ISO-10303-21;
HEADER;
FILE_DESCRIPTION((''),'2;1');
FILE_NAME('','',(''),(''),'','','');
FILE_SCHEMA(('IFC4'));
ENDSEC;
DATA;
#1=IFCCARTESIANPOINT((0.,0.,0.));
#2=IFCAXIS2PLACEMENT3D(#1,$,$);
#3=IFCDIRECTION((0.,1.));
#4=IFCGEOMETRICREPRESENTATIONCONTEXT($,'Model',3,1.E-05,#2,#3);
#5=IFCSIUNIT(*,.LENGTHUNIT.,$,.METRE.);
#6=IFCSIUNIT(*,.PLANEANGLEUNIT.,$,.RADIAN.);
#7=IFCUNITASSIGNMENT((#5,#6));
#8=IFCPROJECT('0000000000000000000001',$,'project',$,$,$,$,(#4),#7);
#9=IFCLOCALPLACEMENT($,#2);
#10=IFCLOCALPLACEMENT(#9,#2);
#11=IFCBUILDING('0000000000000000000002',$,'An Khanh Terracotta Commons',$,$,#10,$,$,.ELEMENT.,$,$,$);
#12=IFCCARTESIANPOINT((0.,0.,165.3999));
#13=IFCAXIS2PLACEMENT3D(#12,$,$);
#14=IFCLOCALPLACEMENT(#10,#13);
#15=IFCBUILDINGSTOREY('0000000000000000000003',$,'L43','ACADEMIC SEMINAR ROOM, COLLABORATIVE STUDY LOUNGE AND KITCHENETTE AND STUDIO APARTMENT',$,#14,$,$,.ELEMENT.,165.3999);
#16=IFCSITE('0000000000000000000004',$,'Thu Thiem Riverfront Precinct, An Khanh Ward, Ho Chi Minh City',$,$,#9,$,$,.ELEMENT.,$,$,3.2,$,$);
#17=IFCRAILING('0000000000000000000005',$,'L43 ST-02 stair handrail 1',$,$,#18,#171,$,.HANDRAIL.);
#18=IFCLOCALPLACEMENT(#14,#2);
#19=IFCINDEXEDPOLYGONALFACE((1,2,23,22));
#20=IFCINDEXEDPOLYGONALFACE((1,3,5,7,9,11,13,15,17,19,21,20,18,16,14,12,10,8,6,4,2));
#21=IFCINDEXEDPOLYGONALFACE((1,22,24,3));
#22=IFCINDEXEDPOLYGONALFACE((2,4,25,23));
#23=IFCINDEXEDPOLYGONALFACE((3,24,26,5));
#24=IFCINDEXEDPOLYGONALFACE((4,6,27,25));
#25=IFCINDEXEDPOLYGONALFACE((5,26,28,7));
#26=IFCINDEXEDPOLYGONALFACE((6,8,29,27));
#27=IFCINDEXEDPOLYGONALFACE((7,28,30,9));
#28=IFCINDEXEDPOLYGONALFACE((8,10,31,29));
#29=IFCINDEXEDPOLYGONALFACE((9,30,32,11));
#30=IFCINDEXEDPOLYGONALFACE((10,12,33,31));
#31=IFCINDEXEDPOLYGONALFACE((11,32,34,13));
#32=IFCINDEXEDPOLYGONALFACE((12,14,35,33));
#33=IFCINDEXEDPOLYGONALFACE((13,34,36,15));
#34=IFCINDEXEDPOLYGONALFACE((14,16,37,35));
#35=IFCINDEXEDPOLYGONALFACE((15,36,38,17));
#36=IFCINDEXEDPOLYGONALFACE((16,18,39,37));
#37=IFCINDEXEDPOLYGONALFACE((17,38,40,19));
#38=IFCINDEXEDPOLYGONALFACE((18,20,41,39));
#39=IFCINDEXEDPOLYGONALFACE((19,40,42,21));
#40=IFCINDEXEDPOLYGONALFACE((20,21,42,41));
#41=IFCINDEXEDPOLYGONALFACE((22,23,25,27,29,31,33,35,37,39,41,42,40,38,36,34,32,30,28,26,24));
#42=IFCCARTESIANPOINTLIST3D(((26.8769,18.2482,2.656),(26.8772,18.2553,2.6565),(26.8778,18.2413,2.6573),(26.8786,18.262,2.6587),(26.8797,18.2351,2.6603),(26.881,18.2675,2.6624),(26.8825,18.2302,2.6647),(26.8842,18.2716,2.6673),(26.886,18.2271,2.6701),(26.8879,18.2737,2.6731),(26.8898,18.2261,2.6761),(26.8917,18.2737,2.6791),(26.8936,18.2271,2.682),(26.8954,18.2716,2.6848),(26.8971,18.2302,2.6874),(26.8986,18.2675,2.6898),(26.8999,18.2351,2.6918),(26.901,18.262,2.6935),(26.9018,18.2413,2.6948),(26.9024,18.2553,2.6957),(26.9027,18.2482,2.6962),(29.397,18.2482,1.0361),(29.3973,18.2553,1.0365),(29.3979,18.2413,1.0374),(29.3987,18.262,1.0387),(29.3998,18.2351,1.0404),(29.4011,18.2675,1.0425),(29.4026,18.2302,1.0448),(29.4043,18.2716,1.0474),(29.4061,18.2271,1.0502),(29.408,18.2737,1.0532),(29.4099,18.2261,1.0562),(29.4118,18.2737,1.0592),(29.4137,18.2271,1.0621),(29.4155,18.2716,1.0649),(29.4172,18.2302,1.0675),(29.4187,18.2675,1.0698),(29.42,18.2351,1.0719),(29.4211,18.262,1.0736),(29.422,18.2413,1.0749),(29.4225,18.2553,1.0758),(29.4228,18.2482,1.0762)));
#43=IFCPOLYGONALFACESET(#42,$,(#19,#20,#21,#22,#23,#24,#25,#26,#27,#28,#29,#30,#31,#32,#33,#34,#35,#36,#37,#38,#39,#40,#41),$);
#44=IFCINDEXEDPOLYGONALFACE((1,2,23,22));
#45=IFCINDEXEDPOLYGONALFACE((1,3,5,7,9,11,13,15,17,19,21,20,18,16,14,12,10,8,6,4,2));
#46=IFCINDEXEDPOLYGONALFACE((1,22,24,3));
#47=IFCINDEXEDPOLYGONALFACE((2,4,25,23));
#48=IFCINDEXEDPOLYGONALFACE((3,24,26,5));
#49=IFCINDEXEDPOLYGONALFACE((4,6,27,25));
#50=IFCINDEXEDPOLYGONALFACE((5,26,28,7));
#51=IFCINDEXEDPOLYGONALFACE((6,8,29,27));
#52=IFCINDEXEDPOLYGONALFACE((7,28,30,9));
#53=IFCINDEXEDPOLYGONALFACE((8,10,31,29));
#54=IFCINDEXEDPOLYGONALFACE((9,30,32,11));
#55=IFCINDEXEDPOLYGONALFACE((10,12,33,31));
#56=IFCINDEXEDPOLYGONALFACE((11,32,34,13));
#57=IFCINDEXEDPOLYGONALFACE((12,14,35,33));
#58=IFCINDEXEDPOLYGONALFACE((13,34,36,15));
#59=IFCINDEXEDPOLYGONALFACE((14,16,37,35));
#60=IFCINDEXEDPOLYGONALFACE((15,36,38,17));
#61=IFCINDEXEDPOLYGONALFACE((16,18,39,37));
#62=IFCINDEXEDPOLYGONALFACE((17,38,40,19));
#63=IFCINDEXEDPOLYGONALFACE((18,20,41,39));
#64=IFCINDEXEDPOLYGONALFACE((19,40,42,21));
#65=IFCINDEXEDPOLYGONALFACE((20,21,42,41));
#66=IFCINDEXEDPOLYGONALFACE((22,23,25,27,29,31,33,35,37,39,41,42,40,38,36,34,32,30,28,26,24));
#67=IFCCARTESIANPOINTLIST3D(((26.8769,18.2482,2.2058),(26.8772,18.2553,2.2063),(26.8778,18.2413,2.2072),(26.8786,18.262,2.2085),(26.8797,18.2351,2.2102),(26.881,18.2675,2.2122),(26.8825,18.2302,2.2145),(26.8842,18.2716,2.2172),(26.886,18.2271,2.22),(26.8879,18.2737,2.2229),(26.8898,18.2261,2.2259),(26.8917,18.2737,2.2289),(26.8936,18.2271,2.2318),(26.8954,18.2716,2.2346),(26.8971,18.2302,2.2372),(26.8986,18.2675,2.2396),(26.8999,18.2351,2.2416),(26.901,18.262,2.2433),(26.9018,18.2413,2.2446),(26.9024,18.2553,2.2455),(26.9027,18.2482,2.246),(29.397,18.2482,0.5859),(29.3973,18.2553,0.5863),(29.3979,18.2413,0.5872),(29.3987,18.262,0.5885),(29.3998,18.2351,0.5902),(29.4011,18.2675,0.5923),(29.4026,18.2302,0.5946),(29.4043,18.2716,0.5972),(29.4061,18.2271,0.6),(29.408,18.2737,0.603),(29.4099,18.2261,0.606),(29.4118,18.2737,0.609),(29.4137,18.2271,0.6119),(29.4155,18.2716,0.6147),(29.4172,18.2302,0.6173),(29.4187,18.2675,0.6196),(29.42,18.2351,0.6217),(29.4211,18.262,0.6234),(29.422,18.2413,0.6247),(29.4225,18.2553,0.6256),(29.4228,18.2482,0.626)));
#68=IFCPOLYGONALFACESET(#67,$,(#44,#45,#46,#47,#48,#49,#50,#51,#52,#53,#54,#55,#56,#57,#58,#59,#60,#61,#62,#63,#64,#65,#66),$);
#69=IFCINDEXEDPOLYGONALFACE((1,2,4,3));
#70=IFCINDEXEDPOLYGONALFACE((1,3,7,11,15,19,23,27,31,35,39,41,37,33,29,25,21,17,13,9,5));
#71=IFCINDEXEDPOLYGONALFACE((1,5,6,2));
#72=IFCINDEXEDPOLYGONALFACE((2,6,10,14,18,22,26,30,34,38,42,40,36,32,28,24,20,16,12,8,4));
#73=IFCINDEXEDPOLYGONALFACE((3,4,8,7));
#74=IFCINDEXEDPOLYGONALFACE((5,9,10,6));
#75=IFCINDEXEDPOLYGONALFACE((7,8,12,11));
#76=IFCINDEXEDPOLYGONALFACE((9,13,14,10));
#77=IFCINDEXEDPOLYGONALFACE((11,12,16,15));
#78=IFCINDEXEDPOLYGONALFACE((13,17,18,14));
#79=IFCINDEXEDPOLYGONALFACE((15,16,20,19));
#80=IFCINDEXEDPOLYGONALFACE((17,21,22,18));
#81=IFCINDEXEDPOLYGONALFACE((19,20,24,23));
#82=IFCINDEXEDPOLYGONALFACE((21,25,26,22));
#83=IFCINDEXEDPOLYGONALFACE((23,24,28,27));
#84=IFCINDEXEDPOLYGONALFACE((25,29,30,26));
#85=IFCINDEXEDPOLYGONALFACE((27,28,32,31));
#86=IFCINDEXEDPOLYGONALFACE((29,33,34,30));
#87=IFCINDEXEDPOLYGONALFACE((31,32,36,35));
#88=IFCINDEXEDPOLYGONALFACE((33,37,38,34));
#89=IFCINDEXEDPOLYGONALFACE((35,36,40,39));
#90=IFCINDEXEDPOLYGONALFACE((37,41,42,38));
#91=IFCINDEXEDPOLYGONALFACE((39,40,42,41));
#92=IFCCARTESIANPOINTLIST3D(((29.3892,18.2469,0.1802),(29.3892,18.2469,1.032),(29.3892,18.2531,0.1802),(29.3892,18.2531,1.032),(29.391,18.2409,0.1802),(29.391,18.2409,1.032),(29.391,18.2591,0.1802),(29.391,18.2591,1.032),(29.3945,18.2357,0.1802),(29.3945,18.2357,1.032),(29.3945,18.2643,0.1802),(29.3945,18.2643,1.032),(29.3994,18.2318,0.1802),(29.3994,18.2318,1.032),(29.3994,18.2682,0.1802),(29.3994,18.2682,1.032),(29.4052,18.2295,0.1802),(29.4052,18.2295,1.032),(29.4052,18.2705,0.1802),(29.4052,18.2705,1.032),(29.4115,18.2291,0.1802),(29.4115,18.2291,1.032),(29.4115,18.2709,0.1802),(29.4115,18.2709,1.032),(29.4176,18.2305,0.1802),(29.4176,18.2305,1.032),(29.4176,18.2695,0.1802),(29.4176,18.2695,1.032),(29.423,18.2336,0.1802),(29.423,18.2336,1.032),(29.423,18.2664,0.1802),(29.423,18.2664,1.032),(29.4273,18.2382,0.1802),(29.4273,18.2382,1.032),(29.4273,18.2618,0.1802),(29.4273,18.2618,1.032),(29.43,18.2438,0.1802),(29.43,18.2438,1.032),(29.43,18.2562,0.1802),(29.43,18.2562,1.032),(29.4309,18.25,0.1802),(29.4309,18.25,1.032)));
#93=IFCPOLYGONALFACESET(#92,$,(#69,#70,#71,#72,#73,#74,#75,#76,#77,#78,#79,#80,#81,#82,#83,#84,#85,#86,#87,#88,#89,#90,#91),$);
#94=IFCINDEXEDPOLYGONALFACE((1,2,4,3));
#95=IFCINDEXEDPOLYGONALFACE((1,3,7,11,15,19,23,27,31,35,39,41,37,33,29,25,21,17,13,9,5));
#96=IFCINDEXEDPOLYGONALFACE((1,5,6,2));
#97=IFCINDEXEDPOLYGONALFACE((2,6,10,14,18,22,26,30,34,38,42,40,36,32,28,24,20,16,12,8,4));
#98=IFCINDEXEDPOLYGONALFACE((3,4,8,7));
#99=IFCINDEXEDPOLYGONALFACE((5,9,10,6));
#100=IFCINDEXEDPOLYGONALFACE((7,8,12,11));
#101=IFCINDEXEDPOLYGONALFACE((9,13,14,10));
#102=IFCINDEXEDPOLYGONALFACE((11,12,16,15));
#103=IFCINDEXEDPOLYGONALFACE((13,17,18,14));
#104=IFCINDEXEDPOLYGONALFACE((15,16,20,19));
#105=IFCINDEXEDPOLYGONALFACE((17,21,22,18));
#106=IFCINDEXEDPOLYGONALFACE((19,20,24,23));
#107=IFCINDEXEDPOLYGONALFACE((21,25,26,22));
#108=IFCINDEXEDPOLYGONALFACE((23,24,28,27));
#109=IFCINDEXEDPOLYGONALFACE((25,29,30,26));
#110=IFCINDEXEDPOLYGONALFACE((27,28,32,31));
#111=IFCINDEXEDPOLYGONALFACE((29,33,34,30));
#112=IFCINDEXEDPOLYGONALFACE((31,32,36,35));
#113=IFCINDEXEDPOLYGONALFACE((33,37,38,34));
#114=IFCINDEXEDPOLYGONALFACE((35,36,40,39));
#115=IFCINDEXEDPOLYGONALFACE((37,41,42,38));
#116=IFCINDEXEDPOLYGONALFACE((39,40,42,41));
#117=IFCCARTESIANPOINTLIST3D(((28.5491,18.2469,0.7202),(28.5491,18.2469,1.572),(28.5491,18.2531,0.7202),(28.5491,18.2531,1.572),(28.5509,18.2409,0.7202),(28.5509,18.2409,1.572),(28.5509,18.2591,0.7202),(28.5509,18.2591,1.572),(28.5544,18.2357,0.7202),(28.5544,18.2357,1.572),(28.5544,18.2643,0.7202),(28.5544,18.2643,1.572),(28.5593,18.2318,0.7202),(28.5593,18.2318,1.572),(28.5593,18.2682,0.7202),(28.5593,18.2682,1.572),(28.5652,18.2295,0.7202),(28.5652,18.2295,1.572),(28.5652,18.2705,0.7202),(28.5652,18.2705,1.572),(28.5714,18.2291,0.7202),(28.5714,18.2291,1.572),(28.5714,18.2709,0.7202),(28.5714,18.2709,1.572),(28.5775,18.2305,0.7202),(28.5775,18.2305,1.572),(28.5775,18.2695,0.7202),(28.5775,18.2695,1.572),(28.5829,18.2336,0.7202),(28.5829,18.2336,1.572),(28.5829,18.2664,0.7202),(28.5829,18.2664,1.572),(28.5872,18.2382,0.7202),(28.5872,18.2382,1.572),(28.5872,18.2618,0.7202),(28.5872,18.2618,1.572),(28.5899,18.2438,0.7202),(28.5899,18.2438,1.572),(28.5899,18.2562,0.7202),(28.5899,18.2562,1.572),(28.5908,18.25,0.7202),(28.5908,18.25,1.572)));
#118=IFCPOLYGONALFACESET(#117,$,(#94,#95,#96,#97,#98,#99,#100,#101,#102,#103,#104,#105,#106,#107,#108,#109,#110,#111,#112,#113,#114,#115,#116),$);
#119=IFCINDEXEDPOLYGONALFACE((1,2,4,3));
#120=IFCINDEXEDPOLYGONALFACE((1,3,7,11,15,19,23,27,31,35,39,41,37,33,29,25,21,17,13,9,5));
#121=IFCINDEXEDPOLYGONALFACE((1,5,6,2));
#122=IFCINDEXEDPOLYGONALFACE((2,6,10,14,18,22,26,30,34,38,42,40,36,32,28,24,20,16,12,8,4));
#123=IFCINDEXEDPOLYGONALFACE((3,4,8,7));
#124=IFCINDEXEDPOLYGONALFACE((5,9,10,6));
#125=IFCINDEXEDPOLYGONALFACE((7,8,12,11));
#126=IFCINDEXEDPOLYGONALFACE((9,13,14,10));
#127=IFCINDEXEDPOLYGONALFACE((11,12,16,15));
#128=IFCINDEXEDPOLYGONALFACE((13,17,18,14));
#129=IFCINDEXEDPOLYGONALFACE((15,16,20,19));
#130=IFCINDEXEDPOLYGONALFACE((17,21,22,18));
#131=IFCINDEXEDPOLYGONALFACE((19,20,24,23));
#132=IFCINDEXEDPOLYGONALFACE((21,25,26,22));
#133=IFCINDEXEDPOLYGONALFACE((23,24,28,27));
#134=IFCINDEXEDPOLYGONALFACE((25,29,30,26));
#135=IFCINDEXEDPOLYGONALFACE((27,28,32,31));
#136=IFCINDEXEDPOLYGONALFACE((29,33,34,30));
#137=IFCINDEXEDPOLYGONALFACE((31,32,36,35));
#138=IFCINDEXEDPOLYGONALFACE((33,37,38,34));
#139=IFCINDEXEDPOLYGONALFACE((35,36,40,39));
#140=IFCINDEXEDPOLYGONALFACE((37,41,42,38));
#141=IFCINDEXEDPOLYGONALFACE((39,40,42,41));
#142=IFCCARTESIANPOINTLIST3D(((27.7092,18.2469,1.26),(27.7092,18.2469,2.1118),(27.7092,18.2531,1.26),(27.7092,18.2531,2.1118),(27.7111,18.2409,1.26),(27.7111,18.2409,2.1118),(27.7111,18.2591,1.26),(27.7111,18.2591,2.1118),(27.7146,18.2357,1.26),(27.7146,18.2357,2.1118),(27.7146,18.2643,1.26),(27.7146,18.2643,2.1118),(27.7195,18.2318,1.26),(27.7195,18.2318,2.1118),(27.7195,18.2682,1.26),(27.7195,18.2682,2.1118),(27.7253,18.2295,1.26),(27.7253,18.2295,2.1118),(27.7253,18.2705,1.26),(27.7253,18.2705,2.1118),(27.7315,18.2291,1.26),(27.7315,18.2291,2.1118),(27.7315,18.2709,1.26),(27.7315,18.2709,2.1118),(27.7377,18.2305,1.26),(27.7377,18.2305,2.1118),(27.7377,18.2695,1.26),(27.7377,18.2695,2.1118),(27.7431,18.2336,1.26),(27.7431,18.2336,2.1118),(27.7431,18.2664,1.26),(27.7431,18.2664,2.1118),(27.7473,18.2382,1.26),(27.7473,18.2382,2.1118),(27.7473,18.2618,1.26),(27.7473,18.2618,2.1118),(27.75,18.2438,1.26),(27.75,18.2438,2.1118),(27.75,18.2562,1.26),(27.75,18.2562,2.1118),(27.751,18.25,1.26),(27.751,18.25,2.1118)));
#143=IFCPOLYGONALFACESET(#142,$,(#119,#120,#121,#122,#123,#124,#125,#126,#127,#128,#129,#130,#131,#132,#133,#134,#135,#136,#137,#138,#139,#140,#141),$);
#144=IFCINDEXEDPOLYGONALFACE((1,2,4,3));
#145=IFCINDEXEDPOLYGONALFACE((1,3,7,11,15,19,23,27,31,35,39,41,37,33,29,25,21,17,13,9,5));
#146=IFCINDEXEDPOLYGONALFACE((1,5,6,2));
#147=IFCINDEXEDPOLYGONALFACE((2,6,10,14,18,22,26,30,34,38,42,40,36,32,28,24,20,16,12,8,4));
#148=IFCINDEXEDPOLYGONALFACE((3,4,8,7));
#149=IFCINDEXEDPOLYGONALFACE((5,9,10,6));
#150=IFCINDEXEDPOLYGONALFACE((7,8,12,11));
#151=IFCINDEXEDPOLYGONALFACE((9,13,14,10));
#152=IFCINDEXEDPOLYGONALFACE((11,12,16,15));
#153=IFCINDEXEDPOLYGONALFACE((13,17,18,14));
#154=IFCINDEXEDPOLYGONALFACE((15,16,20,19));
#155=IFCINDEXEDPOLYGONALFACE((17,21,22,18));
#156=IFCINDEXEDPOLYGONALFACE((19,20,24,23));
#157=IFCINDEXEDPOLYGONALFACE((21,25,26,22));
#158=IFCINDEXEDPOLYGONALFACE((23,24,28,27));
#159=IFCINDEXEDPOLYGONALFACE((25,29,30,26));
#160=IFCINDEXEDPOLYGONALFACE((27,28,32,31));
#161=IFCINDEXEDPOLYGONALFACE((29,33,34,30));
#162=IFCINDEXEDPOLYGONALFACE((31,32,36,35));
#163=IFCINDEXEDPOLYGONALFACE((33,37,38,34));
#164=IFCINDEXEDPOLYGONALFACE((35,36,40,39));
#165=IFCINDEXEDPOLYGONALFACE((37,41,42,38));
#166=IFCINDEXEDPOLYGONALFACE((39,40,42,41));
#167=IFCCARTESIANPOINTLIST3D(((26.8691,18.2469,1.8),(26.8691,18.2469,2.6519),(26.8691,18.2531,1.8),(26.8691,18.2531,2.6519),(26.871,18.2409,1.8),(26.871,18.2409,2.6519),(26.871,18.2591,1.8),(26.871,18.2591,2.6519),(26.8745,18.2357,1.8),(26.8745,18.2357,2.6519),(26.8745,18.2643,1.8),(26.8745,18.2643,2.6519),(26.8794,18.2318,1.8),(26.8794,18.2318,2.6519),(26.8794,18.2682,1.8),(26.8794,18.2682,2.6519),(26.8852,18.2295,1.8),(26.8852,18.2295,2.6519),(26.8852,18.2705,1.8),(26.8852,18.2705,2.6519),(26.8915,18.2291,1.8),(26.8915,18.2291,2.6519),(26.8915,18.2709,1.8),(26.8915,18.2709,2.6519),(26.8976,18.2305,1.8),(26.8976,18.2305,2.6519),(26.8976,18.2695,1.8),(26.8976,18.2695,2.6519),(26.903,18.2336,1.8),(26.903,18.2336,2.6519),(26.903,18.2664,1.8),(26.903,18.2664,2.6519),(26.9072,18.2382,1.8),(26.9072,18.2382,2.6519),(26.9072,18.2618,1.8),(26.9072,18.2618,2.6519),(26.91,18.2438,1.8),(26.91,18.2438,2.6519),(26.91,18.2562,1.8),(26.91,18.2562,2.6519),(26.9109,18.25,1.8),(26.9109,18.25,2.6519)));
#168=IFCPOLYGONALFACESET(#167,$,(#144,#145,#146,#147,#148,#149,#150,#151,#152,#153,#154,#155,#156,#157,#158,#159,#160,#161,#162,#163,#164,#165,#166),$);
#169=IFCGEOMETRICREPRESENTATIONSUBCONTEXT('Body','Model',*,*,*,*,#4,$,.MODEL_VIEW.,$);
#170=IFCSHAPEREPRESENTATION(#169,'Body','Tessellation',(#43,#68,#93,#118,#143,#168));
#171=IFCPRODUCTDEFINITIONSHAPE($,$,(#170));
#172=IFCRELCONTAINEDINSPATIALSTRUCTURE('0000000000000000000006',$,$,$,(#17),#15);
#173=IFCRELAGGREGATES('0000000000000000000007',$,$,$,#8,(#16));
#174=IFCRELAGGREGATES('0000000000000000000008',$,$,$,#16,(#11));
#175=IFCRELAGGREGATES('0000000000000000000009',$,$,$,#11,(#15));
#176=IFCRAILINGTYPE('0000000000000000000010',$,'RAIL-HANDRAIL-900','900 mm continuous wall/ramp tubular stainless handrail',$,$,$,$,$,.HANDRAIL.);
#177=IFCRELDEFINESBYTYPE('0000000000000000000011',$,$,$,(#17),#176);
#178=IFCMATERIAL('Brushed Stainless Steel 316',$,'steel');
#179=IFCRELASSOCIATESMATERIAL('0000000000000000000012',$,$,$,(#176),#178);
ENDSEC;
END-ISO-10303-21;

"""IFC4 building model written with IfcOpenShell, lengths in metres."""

from ifc_helpers import new_model, si_unit, direction, frame, origin, origin_2d, place, context, subcontext, project, spatial, circle, extrude, material, type_object, element, save


model = new_model("IFC4")

# Units and contexts
model_context = context("Model", 3, precision=1e-05, world=origin(), true_north=direction((0.0, 1.0)))
body_context = subcontext(model_context, "Body", "Model", "MODEL_VIEW")
ifc_project = project(units=[si_unit("LENGTHUNIT", "METRE"), si_unit("PLANEANGLEUNIT", "RADIAN")], contexts=[model_context])

# Site, building, storey
site_placement = place(None, origin())
site = spatial("IfcSite", under=ifc_project, at=site_placement, Name="Thu Thiem Riverfront Precinct, An Khanh Ward, Ho Chi Minh City", CompositionType="ELEMENT", RefElevation=3.2)
building_placement = place(site_placement, origin())
building = spatial("IfcBuilding", under=site, at=building_placement, Name="An Khanh Terracotta Commons", CompositionType="ELEMENT")
storey_placement = place(building_placement, frame((0.0, 0.0, 165.3999)))
storey = spatial("IfcBuildingStorey", under=building, at=storey_placement, Name="L43", Description="ACADEMIC SEMINAR ROOM, COLLABORATIVE STUDY LOUNGE AND KITCHENETTE AND STUDIO APARTMENT", CompositionType="ELEMENT", Elevation=165.3999)

# Railing
ifc_material_1 = material(Name="Brushed Stainless Steel 316", Category="steel")
railing_type_1 = type_object("IfcRailingType", Name="RAIL-HANDRAIL-900", Description="900 mm continuous wall/ramp tubular stainless handrail", PredefinedType="HANDRAIL", material=ifc_material_1)
railing_1_placement = place(storey_placement, frame((29.4099, 18.25, 0.1802)))
element("IfcRailing", 1, at=railing_1_placement, inside=storey, type_object=railing_type_1, Name="L43 ST-02 stair handrail 1", PredefinedType="HANDRAIL", context=body_context, shape_type="SweptSolid", body=[
    extrude(circle(Radius=0.0239, at=origin_2d()), frame((0.0, 0.0, 0.876), z_axis=(-0.8412, 0.0, 0.540725), x_axis=(0.0, -1.0, 0.0)), (0.0, 0.0, 1.0), 2.9958),
    extrude(circle(Radius=0.0239, at=origin_2d()), frame((0.0, 0.0, 0.4258), z_axis=(-0.8412, 0.0, 0.540725), x_axis=(0.0, -1.0, 0.0)), (0.0, 0.0, 1.0), 2.9958),
    extrude(circle(Radius=0.021, at=origin_2d()), origin(), (0.0, 0.0, 1.0), 0.8518),
    extrude(circle(Radius=0.021, at=origin_2d()), frame((-0.8401, 0.0, 0.54)), (0.0, 0.0, 1.0), 0.8518),
    extrude(circle(Radius=0.021, at=origin_2d()), frame((-1.6799, 0.0, 1.0798)), (0.0, 0.0, 1.0), 0.8518),
    extrude(circle(Radius=0.021, at=origin_2d()), frame((-2.52, 0.0, 1.6199)), (0.0, 0.0, 1.0), 0.8518),
])

save(model, "model.ifc")
